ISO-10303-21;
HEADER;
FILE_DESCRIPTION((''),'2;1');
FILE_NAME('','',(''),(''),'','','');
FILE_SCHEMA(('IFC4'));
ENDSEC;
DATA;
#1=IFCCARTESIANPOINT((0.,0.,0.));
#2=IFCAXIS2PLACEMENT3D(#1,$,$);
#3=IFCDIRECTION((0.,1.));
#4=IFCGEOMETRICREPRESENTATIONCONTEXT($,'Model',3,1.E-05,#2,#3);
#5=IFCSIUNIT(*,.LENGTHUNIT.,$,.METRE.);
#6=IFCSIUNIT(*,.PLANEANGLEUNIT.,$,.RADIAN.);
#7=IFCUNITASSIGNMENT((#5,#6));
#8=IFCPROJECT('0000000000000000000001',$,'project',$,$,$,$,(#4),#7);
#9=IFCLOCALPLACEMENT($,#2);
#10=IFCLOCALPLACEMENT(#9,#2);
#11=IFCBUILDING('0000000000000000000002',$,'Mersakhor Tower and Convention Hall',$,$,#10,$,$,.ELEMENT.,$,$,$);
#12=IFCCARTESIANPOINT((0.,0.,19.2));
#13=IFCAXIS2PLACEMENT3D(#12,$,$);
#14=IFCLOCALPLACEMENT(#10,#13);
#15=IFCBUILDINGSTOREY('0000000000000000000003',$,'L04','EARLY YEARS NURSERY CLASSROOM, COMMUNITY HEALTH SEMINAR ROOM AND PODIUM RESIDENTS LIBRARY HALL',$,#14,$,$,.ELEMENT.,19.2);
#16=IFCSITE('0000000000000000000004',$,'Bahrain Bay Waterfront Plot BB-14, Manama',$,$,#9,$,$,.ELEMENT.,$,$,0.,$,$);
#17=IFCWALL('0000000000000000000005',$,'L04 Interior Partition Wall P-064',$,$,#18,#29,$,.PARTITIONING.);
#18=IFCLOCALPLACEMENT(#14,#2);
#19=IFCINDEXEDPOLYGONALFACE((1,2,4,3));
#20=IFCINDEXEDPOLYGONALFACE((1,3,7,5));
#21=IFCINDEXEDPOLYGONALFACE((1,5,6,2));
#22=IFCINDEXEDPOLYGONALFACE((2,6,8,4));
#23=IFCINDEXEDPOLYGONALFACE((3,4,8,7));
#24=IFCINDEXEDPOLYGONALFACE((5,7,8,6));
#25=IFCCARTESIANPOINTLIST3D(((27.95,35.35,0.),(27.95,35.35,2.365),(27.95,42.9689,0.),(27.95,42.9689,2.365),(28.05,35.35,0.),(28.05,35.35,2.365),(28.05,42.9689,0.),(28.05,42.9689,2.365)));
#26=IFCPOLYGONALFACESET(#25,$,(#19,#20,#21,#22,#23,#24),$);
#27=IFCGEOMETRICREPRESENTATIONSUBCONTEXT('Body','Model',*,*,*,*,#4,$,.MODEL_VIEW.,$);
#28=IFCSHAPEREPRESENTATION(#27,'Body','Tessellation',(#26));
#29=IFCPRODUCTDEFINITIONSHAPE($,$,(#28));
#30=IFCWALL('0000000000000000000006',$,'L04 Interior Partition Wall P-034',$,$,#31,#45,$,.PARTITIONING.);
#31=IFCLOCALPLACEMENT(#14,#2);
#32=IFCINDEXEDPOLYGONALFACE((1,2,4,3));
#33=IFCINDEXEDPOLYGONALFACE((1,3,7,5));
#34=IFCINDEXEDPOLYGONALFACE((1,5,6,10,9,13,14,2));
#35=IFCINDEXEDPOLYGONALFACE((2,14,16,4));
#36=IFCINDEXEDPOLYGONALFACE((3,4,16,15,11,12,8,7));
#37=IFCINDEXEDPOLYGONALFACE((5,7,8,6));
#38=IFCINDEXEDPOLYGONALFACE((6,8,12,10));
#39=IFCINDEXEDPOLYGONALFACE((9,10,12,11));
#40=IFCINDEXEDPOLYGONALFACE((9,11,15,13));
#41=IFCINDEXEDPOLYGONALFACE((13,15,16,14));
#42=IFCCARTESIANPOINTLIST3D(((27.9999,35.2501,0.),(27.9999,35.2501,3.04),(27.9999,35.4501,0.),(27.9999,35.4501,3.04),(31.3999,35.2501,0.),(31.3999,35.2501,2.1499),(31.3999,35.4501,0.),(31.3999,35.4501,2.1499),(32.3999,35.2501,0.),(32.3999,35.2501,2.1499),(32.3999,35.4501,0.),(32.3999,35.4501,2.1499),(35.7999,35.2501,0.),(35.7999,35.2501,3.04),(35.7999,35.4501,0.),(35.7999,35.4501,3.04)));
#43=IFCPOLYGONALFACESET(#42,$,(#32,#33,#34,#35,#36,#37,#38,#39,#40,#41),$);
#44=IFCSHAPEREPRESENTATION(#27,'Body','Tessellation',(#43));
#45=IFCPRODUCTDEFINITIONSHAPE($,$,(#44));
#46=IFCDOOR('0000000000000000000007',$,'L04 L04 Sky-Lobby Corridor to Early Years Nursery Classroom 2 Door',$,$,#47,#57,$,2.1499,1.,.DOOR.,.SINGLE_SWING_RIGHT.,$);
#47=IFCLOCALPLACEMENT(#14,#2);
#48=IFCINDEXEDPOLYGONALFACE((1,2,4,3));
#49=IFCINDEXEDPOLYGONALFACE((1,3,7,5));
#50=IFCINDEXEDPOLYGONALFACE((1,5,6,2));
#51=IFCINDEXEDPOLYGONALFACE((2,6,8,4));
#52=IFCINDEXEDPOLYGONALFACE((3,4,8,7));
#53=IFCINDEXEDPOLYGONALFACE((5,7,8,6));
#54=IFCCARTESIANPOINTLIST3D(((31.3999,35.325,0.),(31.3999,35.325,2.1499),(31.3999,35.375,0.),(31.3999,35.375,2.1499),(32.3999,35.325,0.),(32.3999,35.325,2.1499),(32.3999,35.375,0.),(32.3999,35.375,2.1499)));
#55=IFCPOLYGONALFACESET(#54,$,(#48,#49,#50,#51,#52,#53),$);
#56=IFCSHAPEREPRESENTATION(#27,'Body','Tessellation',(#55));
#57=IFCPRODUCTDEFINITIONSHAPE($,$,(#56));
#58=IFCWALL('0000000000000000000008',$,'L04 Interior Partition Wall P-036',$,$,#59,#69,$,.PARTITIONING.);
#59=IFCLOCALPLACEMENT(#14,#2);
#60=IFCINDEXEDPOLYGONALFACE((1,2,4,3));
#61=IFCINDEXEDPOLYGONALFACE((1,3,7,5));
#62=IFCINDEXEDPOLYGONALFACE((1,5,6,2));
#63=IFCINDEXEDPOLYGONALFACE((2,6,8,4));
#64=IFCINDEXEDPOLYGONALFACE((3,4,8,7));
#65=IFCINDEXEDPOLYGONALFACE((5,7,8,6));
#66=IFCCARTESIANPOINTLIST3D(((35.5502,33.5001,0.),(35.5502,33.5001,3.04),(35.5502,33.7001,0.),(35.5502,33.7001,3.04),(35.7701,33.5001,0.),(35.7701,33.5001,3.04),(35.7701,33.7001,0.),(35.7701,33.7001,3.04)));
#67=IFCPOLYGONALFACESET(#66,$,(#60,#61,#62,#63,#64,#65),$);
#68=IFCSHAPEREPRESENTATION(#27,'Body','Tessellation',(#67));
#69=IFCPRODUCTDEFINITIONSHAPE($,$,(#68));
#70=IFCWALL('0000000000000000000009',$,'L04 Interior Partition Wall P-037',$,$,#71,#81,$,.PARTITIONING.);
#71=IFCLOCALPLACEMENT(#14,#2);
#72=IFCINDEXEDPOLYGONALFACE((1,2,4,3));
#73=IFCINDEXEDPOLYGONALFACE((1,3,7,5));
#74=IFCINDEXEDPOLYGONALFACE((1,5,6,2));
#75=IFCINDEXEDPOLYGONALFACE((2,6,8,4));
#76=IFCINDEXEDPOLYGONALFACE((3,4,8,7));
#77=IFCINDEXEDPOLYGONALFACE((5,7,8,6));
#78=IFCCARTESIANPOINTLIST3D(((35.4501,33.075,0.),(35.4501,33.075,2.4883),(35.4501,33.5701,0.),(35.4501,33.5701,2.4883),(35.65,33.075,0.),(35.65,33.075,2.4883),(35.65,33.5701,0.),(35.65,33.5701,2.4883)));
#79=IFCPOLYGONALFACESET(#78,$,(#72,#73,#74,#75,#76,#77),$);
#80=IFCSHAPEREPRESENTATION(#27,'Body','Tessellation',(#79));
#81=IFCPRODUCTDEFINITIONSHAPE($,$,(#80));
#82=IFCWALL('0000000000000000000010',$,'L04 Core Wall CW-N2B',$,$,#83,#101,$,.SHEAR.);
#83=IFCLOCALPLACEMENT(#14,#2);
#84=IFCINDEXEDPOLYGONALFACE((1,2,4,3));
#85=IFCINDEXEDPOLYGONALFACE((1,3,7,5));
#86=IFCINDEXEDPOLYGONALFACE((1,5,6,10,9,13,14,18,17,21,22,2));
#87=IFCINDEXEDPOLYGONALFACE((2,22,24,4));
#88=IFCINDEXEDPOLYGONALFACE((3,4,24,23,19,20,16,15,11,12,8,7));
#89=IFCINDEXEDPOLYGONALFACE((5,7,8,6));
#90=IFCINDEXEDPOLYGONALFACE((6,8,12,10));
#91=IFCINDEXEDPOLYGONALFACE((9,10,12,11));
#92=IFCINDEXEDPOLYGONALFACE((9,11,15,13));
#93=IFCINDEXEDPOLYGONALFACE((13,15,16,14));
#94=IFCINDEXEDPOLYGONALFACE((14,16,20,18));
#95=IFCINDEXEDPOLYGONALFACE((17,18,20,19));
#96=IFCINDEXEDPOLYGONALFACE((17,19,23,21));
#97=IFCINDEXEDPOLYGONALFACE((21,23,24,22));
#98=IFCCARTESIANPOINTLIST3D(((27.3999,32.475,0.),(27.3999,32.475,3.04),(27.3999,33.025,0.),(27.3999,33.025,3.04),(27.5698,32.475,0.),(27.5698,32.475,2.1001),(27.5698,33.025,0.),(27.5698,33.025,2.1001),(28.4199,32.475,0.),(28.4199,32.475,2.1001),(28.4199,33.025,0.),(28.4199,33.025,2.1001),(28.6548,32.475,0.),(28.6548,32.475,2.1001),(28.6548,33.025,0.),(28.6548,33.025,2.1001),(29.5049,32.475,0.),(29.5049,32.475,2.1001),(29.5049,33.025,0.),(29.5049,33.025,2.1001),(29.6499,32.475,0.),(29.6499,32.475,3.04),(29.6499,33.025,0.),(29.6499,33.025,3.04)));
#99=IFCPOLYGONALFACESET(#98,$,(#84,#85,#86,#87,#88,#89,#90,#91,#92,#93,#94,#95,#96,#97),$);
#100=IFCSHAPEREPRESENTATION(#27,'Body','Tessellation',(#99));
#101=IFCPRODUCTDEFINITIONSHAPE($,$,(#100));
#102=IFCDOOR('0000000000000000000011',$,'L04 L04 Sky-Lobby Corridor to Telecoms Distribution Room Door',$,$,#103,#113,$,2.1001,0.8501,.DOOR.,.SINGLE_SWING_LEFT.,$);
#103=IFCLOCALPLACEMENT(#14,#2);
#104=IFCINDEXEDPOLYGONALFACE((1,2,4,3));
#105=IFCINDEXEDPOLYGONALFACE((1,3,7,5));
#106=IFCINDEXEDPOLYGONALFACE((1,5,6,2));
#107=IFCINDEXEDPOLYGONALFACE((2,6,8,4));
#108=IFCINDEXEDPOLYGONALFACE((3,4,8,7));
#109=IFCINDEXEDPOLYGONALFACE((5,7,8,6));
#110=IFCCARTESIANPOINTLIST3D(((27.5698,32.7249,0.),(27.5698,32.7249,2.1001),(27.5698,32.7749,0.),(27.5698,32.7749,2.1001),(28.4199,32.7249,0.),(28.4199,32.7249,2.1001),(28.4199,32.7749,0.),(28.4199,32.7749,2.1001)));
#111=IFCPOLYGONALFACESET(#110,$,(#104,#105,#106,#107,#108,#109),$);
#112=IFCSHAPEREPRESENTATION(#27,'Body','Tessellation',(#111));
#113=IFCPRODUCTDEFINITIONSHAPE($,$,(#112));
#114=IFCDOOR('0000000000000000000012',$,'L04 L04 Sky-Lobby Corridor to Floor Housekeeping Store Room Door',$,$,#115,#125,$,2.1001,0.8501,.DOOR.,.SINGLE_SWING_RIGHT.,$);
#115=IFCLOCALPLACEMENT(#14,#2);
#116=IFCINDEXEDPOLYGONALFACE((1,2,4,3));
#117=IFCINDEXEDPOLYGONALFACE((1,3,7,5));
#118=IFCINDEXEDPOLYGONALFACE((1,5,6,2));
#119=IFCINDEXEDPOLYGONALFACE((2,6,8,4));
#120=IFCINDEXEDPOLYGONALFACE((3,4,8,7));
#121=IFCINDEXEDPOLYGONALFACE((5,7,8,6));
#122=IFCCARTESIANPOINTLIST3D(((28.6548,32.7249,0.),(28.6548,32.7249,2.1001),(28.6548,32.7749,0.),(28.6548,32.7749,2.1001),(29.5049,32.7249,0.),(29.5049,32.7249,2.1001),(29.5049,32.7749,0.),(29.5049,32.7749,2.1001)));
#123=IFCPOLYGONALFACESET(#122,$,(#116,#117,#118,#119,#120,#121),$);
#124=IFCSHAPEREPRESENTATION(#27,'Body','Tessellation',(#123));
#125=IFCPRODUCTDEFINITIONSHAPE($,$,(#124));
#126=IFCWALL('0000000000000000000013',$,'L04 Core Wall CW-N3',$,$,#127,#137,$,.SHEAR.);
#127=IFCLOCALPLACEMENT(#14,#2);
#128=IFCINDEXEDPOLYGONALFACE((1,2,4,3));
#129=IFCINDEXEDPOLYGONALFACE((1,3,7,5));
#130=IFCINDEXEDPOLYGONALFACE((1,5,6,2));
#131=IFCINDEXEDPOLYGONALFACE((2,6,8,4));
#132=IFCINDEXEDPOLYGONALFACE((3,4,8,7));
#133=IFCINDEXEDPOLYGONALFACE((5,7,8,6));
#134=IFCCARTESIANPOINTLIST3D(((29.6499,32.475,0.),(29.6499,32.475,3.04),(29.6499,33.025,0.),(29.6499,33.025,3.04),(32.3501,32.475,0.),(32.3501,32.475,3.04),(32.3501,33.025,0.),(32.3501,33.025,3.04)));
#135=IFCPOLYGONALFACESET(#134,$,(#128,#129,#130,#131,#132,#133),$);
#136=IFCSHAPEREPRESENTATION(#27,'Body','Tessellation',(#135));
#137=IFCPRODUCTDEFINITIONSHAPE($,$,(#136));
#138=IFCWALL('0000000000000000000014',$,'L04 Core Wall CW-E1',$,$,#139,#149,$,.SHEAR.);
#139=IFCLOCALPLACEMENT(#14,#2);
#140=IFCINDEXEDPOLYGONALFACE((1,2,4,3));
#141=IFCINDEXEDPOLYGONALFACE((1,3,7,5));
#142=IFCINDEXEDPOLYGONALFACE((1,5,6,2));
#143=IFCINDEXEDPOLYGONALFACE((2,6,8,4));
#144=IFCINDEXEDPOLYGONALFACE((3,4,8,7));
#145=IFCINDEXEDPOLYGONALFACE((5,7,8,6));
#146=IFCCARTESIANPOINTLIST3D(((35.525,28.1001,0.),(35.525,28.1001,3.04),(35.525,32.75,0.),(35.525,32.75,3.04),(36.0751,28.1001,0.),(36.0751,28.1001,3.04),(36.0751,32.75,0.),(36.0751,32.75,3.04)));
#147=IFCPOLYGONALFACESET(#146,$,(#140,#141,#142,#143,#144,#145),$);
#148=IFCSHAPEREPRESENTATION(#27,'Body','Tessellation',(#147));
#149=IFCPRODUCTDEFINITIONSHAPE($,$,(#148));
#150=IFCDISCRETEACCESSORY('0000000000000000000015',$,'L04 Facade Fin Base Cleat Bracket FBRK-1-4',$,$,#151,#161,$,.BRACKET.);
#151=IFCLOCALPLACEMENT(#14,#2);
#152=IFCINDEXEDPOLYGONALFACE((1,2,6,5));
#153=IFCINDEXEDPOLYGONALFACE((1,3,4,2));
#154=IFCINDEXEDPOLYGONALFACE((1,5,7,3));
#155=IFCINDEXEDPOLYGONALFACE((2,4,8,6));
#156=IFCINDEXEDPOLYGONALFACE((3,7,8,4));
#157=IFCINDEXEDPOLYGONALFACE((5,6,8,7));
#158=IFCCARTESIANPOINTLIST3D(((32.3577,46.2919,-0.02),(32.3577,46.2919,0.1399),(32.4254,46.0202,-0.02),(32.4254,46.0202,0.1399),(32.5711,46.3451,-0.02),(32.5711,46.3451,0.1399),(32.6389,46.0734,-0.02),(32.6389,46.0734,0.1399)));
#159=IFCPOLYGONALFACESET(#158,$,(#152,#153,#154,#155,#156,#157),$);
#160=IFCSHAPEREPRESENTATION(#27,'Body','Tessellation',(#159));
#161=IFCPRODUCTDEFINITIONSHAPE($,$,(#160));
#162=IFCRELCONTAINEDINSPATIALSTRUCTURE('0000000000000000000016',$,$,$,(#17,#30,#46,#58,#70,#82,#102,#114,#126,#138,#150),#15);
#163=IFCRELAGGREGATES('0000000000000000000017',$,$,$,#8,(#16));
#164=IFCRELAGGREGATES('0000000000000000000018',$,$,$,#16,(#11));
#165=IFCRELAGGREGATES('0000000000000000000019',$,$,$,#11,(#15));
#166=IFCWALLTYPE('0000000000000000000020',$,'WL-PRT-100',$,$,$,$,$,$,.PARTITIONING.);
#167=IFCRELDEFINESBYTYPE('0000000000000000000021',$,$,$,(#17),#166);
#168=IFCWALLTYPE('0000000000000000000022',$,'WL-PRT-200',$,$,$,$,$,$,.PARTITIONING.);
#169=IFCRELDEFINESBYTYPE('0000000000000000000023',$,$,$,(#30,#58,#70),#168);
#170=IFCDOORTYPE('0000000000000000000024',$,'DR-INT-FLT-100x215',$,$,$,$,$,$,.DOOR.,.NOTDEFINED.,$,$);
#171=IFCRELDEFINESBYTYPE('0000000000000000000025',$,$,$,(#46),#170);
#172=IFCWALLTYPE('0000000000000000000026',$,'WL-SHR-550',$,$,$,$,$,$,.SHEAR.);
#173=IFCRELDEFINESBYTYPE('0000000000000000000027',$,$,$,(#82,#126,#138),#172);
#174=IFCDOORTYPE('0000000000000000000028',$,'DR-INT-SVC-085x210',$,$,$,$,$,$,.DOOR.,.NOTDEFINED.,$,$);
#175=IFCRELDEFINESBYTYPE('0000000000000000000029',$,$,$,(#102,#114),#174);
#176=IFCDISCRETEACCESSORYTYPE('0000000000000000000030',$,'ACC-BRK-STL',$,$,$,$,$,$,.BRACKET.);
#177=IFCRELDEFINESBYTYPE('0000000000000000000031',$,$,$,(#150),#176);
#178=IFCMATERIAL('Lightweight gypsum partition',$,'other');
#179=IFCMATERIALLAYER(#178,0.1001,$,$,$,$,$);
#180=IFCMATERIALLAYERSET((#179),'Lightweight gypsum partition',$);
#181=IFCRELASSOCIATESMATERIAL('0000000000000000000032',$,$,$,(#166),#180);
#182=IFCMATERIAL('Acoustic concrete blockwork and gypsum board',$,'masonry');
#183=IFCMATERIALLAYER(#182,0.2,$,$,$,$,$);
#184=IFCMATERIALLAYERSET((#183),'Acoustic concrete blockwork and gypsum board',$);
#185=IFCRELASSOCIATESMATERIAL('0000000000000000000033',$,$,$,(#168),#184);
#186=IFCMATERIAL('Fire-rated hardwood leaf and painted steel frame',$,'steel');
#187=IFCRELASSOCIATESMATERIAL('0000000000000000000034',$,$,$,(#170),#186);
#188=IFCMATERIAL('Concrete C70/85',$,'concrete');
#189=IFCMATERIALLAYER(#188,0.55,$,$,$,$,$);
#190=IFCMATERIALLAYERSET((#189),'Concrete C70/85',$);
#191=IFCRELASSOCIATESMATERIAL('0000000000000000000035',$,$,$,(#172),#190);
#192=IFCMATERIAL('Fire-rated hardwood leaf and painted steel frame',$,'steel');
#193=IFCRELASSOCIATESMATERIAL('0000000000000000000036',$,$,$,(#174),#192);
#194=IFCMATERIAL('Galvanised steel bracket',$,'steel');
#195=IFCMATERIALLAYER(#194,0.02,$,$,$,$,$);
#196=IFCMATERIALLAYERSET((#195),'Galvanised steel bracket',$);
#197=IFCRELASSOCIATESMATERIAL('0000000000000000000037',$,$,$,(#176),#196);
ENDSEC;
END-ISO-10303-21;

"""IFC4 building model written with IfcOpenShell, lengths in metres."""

from ifc_helpers import new_model, si_unit, direction, frame, frame_2d, origin, origin_2d, place, context, subcontext, project, spatial, rectangle, extrude, material, layer, layer_set, type_object, element, fill, save


model = new_model("IFC4")

# Units and contexts
model_context = context("Model", 3, precision=1e-05, world=origin(), true_north=direction((0.0, 1.0)))
body_context = subcontext(model_context, "Body", "Model", "MODEL_VIEW")
ifc_project = project(units=[si_unit("LENGTHUNIT", "METRE"), si_unit("PLANEANGLEUNIT", "RADIAN")], contexts=[model_context])

# Site, building, storey
site_placement = place(None, origin())
site = spatial("IfcSite", under=ifc_project, at=site_placement, Name="Bahrain Bay Waterfront Plot BB-14, Manama", CompositionType="ELEMENT", RefElevation=0.0)
building_placement = place(site_placement, origin())
building = spatial("IfcBuilding", under=site, at=building_placement, Name="Mersakhor Tower and Convention Hall", CompositionType="ELEMENT")
storey_placement = place(building_placement, frame((0.0, 0.0, 19.2)))
storey = spatial("IfcBuildingStorey", under=building, at=storey_placement, Name="L04", Description="EARLY YEARS NURSERY CLASSROOM, COMMUNITY HEALTH SEMINAR ROOM AND PODIUM RESIDENTS LIBRARY HALL", CompositionType="ELEMENT", Elevation=19.2)

# Wall
ifc_material_1 = material(Name="Lightweight gypsum partition", Category="other")
ifc_layer_1 = layer(ifc_material_1, 0.1001)
ifc_layer_set_1 = layer_set([ifc_layer_1], Name="Lightweight gypsum partition")
wall_type_1 = type_object("IfcWallType", Name="WL-PRT-100", PredefinedType="PARTITIONING", material=ifc_layer_set_1)
wall_1_placement = place(storey_placement, frame((28.0, 42.969, 0.0), z_axis=(0.0, 0.0, 1.0), x_axis=(0.0, -1.0, 0.0)))
element("IfcWall", 1, at=wall_1_placement, inside=storey, type_object=wall_type_1, Name="L04 Interior Partition Wall P-064", PredefinedType="PARTITIONING", context=body_context, shape_type="SweptSolid", body=[
    extrude(rectangle(XDim=7.6189, YDim=0.1001, at=frame_2d((3.8096, 0.0))), origin(), (0.0, 0.0, 1.0), 2.365),
])

# Wall, opening, door
ifc_material_2 = material(Name="Acoustic concrete blockwork and gypsum board", Category="masonry")
ifc_layer_2 = layer(ifc_material_2, 0.2)
ifc_layer_set_2 = layer_set([ifc_layer_2], Name="Acoustic concrete blockwork and gypsum board")
wall_type_2 = type_object("IfcWallType", Name="WL-PRT-200", PredefinedType="PARTITIONING", material=ifc_layer_set_2)
wall_2_placement = place(storey_placement, frame((28.0, 35.3501, 0.0), z_axis=(0.0, 0.0, 1.0), x_axis=(1.0, 0.0, 0.0)))
wall_2 = element("IfcWall", 2, at=wall_2_placement, inside=storey, type_object=wall_type_2, Name="L04 Interior Partition Wall P-034", PredefinedType="PARTITIONING", context=body_context, shape_type="SweptSolid", body=[
    extrude(rectangle(XDim=7.8, YDim=0.2, at=frame_2d((3.8999, 0.0))), origin(), (0.0, 0.0, 1.0), 3.04),
])
opening_1_placement = place(wall_2_placement, frame((3.3999, 0.0, 0.0)))
opening_1 = element("IfcOpeningElement", 3, at=opening_1_placement, cuts=wall_2, PredefinedType="OPENING", context=body_context, shape_type="SweptSolid", body=[
    extrude(rectangle(XDim=1.0, YDim=2.1499, at=frame_2d((0.5, 1.075))), frame((0.0, 0.1099, 0.0), z_axis=(0.0, -1.0, 0.0), x_axis=(1.0, 0.0, 0.0)), (0.0, 0.0, 1.0), 0.22),
])
ifc_material_3 = material(Name="Fire-rated hardwood leaf and painted steel frame", Category="steel")
door_type_1 = type_object("IfcDoorType", Name="DR-INT-FLT-100x215", OperationType="NOTDEFINED", PredefinedType="DOOR", material=ifc_material_3)
door_1_placement = place(opening_1_placement, origin())
door_1 = element("IfcDoor", 4, at=door_1_placement, inside=storey, type_object=door_type_1, Name="L04 L04 Sky-Lobby Corridor to Early Years Nursery Classroom 2 Door", OperationType="SINGLE_SWING_RIGHT", OverallHeight=2.1499, OverallWidth=1.0, PredefinedType="DOOR", context=body_context, shape_type="SweptSolid", body=[
    extrude(rectangle(XDim=1.0, YDim=2.1499, at=frame_2d((0.5, 1.075))), frame((0.0, 0.0249, 0.0), z_axis=(0.0, -1.0, 0.0), x_axis=(1.0, 0.0, 0.0)), (0.0, 0.0, 1.0), 0.05),
])
fill(opening_1, door_1)

# Walls
wall_3_placement = place(storey_placement, frame((35.77, 33.6001, 0.0), z_axis=(0.0, 0.0, 1.0), x_axis=(-1.0, 0.0, 0.0)))
element("IfcWall", 5, at=wall_3_placement, inside=storey, type_object=wall_type_2, Name="L04 Interior Partition Wall P-036", PredefinedType="PARTITIONING", context=body_context, shape_type="SweptSolid", body=[
    extrude(rectangle(XDim=0.22, YDim=0.2, at=frame_2d((0.1099, 0.0))), origin(), (0.0, 0.0, 1.0), 3.04),
])
wall_4_placement = place(storey_placement, frame((35.55, 33.5701, 0.0), z_axis=(0.0, 0.0, 1.0), x_axis=(0.0, -1.0, 0.0)))
element("IfcWall", 6, at=wall_4_placement, inside=storey, type_object=wall_type_2, Name="L04 Interior Partition Wall P-037", PredefinedType="PARTITIONING", context=body_context, shape_type="SweptSolid", body=[
    extrude(rectangle(XDim=0.4951, YDim=0.2, at=frame_2d((0.2476, 0.0))), origin(), (0.0, 0.0, 1.0), 2.4883),
])

# Wall, openings, doors
ifc_material_4 = material(Name="Concrete C70/85", Category="concrete")
ifc_layer_3 = layer(ifc_material_4, 0.55)
ifc_layer_set_3 = layer_set([ifc_layer_3], Name="Concrete C70/85")
wall_type_3 = type_object("IfcWallType", Name="WL-SHR-550", PredefinedType="SHEAR", material=ifc_layer_set_3)
wall_5_placement = place(storey_placement, frame((27.3999, 32.75, 0.0), z_axis=(0.0, 0.0, 1.0), x_axis=(1.0, 0.0, 0.0)))
wall_5 = element("IfcWall", 7, at=wall_5_placement, inside=storey, type_object=wall_type_3, Name="L04 Core Wall CW-N2B", PredefinedType="SHEAR", context=body_context, shape_type="SweptSolid", body=[
    extrude(rectangle(XDim=2.25, YDim=0.55, at=frame_2d((1.125, 0.0))), origin(), (0.0, 0.0, 1.0), 3.04),
])
opening_2_placement = place(wall_5_placement, frame((0.1699, 0.0, 0.0)))
opening_2 = element("IfcOpeningElement", 8, at=opening_2_placement, cuts=wall_5, PredefinedType="OPENING", context=body_context, shape_type="SweptSolid", body=[
    extrude(rectangle(XDim=0.8501, YDim=2.1001, at=frame_2d((0.425, 1.05))), frame((0.0, 0.2849, 0.0), z_axis=(0.0, -1.0, 0.0), x_axis=(1.0, 0.0, 0.0)), (0.0, 0.0, 1.0), 0.5701),
])
opening_3_placement = place(wall_5_placement, frame((1.2549, 0.0, 0.0)))
opening_3 = element("IfcOpeningElement", 9, at=opening_3_placement, cuts=wall_5, PredefinedType="OPENING", context=body_context, shape_type="SweptSolid", body=[
    extrude(rectangle(XDim=0.8501, YDim=2.1001, at=frame_2d((0.425, 1.05))), frame((0.0, 0.2849, 0.0), z_axis=(0.0, -1.0, 0.0), x_axis=(1.0, 0.0, 0.0)), (0.0, 0.0, 1.0), 0.5701),
])
ifc_material_5 = material(Name="Fire-rated hardwood leaf and painted steel frame", Category="steel")
door_type_2 = type_object("IfcDoorType", Name="DR-INT-SVC-085x210", OperationType="NOTDEFINED", PredefinedType="DOOR", material=ifc_material_5)
door_2_placement = place(opening_2_placement, origin())
door_2 = element("IfcDoor", 10, at=door_2_placement, inside=storey, type_object=door_type_2, Name="L04 L04 Sky-Lobby Corridor to Telecoms Distribution Room Door", OperationType="SINGLE_SWING_LEFT", OverallHeight=2.1001, OverallWidth=0.8501, PredefinedType="DOOR", context=body_context, shape_type="SweptSolid", body=[
    extrude(rectangle(XDim=0.8501, YDim=2.1001, at=frame_2d((0.425, 1.05))), frame((0.0, 0.0249, 0.0), z_axis=(0.0, -1.0, 0.0), x_axis=(1.0, 0.0, 0.0)), (0.0, 0.0, 1.0), 0.05),
])
fill(opening_2, door_2)
door_3_placement = place(opening_3_placement, origin())
door_3 = element("IfcDoor", 11, at=door_3_placement, inside=storey, type_object=door_type_2, Name="L04 L04 Sky-Lobby Corridor to Floor Housekeeping Store Room Door", OperationType="SINGLE_SWING_RIGHT", OverallHeight=2.1001, OverallWidth=0.8501, PredefinedType="DOOR", context=body_context, shape_type="SweptSolid", body=[
    extrude(rectangle(XDim=0.8501, YDim=2.1001, at=frame_2d((0.425, 1.05))), frame((0.0, 0.0249, 0.0), z_axis=(0.0, -1.0, 0.0), x_axis=(1.0, 0.0, 0.0)), (0.0, 0.0, 1.0), 0.05),
])
fill(opening_3, door_3)

# Wall
wall_6_placement = place(storey_placement, frame((29.6499, 32.75, 0.0), z_axis=(0.0, 0.0, 1.0), x_axis=(1.0, 0.0, 0.0)))
element("IfcWall", 12, at=wall_6_placement, inside=storey, type_object=wall_type_3, Name="L04 Core Wall CW-N3", PredefinedType="SHEAR", context=body_context, shape_type="SweptSolid", body=[
    extrude(rectangle(XDim=2.7002, YDim=0.55, at=frame_2d((1.3501, 0.0))), origin(), (0.0, 0.0, 1.0), 3.04),
])

# Wall
wall_7_placement = place(storey_placement, frame((35.8, 32.75, 0.0), z_axis=(0.0, 0.0, 1.0), x_axis=(0.0, -1.0, 0.0)))
element("IfcWall", 13, at=wall_7_placement, inside=storey, type_object=wall_type_3, Name="L04 Core Wall CW-E1", PredefinedType="SHEAR", context=body_context, shape_type="SweptSolid", body=[
    extrude(rectangle(XDim=4.6499, YDim=0.55, at=frame_2d((2.325, 0.0))), origin(), (0.0, 0.0, 1.0), 3.04),
])

# Discrete accessory
ifc_material_6 = material(Name="Galvanised steel bracket", Category="steel")
ifc_layer_4 = layer(ifc_material_6, 0.02)
ifc_layer_set_4 = layer_set([ifc_layer_4], Name="Galvanised steel bracket")
discrete_accessory_type = type_object("IfcDiscreteAccessoryType", Name="ACC-BRK-STL", PredefinedType="BRACKET", material=ifc_layer_set_4)
discrete_accessory_placement = place(storey_placement, frame((32.4983, 46.1826, -0.02), z_axis=(0.0, 0.0, 1.0), x_axis=(-0.241922, 0.970296, 0.0)))
element("IfcDiscreteAccessory", 14, at=discrete_accessory_placement, inside=storey, type_object=discrete_accessory_type, Name="L04 Facade Fin Base Cleat Bracket FBRK-1-4", PredefinedType="BRACKET", context=body_context, shape_type="SweptSolid", body=[
    extrude(rectangle(XDim=0.28, YDim=0.22, at=origin_2d()), origin(), (0.0, 0.0, 1.0), 0.1599),
])

save(model, "model.ifc")
